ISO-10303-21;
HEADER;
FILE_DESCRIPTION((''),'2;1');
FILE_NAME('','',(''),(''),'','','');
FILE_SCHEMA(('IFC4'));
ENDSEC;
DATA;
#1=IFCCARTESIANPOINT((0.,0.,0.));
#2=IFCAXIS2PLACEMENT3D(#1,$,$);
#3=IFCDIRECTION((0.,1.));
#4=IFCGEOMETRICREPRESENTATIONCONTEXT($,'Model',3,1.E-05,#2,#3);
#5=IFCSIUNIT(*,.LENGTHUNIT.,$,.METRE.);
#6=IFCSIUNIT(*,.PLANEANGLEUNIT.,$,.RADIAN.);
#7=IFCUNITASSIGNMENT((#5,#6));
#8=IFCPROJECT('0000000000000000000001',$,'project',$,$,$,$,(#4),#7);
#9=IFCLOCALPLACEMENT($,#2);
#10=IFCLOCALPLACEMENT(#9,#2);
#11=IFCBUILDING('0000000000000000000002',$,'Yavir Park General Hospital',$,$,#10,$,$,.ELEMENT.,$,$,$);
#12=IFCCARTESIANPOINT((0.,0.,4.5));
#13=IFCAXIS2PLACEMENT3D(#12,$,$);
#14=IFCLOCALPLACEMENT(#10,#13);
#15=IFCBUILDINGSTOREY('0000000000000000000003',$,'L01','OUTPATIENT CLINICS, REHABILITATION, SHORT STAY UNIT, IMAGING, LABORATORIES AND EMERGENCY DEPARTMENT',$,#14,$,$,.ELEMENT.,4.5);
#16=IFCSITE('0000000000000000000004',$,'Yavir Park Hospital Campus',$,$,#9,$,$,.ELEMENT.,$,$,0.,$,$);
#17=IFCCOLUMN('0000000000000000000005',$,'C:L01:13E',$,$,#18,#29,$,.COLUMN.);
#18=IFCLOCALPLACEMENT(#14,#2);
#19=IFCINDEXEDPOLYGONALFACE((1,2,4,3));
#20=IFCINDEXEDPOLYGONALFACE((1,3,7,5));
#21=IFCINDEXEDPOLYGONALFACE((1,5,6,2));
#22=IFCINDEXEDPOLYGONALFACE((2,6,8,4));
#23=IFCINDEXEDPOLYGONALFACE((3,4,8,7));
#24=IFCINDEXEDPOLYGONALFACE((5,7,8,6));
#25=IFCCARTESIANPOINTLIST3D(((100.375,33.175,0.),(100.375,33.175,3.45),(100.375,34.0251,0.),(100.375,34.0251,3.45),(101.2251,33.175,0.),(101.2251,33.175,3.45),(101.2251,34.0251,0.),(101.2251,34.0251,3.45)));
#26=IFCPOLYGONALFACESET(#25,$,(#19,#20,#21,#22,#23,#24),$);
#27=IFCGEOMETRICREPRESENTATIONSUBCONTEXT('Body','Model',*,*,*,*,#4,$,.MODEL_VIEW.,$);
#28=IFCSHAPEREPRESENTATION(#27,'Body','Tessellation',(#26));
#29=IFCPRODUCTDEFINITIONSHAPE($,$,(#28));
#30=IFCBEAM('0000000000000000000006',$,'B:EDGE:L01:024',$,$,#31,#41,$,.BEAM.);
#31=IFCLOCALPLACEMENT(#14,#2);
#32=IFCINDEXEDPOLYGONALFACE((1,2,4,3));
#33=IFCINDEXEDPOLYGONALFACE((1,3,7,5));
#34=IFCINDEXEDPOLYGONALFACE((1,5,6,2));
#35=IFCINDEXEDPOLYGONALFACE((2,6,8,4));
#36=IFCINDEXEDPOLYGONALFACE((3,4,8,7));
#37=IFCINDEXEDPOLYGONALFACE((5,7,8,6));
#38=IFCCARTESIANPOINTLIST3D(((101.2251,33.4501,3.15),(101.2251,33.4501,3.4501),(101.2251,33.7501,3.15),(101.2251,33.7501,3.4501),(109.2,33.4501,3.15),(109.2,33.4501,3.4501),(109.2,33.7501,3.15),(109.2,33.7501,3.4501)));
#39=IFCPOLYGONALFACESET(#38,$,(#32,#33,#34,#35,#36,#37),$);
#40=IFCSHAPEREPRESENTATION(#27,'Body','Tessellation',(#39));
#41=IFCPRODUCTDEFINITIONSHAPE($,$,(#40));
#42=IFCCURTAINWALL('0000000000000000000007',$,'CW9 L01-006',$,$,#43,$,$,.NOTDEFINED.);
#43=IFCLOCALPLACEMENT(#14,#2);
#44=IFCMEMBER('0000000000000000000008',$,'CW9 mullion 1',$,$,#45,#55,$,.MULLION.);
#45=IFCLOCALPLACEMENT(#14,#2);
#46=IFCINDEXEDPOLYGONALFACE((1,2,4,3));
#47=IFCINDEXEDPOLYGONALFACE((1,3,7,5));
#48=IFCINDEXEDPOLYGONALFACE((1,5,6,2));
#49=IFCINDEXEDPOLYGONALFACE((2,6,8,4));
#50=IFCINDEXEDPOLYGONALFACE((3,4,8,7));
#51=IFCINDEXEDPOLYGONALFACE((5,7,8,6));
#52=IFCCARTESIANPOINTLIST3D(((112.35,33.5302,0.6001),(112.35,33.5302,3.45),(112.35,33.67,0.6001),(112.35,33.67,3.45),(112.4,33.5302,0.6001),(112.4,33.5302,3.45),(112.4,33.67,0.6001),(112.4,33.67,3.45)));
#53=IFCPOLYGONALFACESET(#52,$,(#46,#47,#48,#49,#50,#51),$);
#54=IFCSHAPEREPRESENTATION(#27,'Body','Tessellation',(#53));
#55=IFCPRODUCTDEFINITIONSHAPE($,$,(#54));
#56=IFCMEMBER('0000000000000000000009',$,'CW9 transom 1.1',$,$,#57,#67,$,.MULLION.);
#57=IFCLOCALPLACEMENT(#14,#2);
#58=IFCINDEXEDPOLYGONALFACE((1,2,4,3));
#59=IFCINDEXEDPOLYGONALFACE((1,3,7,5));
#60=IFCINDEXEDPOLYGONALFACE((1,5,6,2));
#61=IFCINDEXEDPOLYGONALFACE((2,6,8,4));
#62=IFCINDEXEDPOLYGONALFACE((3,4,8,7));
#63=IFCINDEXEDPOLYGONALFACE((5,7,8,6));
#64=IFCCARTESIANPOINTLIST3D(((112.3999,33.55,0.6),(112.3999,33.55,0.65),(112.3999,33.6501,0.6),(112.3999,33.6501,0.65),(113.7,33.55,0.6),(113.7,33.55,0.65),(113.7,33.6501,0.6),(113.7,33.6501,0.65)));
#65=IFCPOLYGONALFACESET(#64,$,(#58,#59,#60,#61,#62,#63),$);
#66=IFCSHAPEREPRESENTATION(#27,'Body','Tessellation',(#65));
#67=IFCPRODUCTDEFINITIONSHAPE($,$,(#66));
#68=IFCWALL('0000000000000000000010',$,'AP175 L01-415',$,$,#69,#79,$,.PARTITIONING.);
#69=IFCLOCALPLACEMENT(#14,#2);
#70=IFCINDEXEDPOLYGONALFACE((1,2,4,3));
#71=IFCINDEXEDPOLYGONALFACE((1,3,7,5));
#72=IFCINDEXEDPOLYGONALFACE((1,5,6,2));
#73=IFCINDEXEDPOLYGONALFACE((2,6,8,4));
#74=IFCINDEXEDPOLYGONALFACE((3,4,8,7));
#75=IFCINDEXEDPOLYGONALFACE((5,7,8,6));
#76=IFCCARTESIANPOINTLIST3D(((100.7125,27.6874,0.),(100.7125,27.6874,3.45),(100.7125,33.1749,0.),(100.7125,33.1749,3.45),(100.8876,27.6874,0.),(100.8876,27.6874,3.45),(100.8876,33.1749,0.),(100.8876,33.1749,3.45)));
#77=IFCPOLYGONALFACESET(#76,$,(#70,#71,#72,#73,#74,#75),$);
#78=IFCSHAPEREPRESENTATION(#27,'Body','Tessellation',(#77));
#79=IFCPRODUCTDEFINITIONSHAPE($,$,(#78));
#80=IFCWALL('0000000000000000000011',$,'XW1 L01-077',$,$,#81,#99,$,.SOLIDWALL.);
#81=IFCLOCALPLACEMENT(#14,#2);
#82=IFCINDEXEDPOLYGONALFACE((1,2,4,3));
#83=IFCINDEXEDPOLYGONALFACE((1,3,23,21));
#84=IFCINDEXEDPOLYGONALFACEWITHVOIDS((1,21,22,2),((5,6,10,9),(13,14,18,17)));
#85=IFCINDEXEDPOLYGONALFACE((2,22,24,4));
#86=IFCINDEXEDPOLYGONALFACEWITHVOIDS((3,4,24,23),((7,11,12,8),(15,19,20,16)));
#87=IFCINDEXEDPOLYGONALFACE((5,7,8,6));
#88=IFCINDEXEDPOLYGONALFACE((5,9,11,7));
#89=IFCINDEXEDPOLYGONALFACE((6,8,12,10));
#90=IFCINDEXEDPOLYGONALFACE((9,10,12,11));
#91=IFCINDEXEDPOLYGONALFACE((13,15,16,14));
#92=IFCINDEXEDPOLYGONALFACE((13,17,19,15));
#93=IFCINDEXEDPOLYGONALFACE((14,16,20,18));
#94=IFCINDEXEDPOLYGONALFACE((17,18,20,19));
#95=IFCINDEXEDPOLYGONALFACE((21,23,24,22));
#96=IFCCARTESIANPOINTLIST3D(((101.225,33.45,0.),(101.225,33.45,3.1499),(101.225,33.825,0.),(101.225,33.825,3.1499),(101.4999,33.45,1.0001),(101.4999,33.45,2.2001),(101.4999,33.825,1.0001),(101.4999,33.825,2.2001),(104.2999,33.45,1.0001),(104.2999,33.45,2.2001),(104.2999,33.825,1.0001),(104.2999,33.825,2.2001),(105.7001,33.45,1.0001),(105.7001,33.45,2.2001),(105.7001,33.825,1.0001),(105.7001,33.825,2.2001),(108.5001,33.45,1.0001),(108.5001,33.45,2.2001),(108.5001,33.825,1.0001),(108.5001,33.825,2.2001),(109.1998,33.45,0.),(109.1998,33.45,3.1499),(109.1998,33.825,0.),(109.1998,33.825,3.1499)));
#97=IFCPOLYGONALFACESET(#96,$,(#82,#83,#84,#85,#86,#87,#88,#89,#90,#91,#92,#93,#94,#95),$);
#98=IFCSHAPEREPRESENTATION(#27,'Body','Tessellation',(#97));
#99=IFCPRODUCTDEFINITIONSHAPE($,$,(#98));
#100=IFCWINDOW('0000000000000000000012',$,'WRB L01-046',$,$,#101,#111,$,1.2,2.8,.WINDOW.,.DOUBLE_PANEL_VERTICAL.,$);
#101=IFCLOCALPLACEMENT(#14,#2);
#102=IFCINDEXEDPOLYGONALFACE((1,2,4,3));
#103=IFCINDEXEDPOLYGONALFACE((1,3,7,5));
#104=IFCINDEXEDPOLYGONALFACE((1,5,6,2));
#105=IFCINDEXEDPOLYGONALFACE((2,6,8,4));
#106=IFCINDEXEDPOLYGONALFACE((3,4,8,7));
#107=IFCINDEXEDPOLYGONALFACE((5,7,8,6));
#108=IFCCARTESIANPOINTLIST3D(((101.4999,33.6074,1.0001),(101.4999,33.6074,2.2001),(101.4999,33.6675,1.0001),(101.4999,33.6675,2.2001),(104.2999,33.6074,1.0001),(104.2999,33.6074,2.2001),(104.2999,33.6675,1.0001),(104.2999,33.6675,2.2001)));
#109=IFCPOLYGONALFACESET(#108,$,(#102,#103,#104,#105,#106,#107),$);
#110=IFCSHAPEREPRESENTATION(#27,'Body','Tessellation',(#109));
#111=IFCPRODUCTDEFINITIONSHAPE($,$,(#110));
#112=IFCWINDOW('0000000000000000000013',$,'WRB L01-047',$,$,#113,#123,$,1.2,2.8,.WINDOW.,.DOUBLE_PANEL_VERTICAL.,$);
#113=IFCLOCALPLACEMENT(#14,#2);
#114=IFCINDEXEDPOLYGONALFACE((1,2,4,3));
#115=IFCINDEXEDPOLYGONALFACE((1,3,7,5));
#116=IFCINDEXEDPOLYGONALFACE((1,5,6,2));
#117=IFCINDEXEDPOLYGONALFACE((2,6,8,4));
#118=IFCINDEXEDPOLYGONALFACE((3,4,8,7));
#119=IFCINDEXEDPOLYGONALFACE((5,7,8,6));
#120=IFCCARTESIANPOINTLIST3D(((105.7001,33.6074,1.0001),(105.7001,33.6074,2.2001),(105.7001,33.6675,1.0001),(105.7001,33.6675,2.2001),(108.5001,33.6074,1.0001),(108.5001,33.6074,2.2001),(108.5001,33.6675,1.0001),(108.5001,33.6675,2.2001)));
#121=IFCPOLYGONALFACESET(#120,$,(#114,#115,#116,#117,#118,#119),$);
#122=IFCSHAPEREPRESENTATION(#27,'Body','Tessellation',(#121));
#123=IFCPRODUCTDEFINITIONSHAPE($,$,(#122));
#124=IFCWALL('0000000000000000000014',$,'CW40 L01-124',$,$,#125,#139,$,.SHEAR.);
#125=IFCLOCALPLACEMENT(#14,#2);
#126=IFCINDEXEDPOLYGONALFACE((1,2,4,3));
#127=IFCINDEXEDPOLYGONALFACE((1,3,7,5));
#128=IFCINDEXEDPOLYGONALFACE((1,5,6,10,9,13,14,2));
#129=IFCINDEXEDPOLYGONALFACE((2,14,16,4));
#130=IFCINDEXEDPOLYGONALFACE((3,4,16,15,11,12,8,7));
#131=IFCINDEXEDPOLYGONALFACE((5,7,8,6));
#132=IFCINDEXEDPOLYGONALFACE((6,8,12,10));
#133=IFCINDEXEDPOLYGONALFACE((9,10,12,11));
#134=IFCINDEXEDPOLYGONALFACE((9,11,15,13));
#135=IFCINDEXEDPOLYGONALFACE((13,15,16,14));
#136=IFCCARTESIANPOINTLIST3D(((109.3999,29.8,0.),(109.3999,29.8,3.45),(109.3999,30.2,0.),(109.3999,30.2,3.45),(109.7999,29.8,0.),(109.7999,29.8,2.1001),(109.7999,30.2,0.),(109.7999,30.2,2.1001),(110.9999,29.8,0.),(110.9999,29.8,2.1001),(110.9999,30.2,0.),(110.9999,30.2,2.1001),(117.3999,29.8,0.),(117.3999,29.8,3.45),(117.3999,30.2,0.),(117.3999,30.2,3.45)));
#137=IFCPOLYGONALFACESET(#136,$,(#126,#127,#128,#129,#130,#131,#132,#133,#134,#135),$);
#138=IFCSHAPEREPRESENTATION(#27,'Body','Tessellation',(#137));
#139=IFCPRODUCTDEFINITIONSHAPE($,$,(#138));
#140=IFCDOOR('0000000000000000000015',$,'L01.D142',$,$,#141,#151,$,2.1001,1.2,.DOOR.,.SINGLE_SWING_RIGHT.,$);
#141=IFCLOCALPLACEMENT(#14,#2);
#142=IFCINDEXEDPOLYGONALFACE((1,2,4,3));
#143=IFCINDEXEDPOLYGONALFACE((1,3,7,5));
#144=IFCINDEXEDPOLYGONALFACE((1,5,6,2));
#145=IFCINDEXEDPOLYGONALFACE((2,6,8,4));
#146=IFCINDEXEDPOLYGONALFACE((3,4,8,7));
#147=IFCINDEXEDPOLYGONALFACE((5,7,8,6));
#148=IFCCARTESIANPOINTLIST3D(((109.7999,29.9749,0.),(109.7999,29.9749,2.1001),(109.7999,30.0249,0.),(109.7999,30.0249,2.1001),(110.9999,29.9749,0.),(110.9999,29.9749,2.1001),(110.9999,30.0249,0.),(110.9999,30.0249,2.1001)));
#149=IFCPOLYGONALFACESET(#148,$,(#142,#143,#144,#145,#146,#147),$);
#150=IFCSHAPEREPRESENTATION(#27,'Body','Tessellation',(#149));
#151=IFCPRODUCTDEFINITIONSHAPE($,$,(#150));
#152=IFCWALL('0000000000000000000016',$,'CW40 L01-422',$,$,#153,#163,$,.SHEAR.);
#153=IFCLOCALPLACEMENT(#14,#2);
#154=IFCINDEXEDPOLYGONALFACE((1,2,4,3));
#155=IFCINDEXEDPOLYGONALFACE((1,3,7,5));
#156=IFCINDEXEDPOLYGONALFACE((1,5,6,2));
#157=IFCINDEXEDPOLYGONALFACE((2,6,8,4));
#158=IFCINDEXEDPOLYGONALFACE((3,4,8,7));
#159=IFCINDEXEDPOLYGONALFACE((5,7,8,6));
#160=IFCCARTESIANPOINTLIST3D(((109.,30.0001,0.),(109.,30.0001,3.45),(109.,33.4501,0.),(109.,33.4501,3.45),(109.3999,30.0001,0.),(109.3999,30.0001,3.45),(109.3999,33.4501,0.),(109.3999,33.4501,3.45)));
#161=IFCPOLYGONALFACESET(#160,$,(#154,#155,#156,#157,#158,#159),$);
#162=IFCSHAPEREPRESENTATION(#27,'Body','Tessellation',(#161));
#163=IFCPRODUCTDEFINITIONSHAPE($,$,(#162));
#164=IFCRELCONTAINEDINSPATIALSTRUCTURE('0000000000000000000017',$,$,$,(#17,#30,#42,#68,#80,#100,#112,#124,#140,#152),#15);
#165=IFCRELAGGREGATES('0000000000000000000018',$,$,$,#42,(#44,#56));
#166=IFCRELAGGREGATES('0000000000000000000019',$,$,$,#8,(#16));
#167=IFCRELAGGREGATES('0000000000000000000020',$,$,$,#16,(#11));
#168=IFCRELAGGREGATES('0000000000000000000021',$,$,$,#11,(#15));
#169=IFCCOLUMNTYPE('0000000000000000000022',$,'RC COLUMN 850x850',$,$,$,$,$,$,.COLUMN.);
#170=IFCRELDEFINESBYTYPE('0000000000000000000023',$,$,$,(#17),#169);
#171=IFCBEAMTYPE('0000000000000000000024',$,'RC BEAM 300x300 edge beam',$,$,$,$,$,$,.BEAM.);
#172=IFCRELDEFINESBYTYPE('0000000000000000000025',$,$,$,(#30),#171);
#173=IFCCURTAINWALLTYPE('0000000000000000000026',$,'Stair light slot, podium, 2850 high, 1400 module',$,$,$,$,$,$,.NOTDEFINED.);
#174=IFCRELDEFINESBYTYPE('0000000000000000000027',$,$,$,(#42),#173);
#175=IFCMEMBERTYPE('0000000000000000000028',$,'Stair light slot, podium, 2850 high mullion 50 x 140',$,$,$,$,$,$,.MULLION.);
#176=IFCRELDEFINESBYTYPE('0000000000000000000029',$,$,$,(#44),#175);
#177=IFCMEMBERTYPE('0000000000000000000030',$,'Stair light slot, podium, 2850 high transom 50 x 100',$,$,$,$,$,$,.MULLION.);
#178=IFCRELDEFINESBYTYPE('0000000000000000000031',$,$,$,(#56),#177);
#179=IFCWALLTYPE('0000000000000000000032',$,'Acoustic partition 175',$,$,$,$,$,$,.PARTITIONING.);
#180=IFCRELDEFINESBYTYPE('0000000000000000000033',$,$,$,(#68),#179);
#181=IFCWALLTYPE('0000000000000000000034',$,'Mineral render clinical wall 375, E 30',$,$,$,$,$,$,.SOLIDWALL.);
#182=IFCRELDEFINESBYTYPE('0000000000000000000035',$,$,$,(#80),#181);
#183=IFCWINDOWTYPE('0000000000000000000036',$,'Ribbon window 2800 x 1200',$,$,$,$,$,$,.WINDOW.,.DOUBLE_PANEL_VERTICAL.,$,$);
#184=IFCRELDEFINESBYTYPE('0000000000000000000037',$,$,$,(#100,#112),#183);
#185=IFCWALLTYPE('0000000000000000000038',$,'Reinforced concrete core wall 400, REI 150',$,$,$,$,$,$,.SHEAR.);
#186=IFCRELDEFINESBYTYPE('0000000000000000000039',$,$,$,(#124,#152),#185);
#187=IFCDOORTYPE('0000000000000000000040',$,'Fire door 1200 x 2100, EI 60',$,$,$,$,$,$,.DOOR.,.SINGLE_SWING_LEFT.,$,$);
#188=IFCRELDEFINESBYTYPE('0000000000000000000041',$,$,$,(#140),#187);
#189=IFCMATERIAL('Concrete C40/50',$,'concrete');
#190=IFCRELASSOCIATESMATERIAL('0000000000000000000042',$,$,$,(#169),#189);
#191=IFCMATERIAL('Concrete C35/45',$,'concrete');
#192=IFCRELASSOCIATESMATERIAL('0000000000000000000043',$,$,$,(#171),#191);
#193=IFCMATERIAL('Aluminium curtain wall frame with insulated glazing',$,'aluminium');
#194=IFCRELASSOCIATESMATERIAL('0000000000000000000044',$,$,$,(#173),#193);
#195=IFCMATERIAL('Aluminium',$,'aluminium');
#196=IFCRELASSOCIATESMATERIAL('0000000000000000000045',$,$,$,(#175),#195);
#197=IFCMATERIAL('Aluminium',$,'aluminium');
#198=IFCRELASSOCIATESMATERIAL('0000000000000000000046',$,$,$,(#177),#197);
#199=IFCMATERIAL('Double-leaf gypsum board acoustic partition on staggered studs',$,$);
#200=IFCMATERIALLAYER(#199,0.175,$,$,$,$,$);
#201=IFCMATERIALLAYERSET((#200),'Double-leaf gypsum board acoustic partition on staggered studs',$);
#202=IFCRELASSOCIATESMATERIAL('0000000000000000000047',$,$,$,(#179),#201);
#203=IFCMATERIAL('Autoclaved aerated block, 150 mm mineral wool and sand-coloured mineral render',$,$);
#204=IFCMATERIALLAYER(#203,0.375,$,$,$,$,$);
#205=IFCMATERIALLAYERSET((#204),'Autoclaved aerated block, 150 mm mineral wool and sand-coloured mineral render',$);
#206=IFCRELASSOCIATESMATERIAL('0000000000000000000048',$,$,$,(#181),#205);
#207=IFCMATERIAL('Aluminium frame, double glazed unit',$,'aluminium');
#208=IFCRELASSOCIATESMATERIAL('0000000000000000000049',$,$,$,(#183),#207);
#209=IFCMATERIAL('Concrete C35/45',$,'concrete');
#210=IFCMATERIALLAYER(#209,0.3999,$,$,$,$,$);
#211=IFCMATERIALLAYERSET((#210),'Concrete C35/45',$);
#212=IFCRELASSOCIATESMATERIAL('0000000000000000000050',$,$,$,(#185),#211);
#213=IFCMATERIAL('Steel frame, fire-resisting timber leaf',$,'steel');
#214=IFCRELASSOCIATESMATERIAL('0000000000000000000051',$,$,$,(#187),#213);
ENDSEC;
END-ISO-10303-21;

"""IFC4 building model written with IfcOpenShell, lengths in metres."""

from ifc_helpers import new_model, si_unit, direction, frame, frame_2d, origin, origin_2d, place, context, subcontext, project, spatial, rectangle, extrude, material, layer, layer_set, material_profile, profile_set, type_object, element, fill, aggregate, save


model = new_model("IFC4")

# Units and contexts
model_context = context("Model", 3, precision=1e-05, world=origin(), true_north=direction((0.0, 1.0)))
body_context = subcontext(model_context, "Body", "Model", "MODEL_VIEW")
ifc_project = project(units=[si_unit("LENGTHUNIT", "METRE"), si_unit("PLANEANGLEUNIT", "RADIAN")], contexts=[model_context])

# Site, building, storey
site_placement = place(None, origin())
site = spatial("IfcSite", under=ifc_project, at=site_placement, Name="Yavir Park Hospital Campus", CompositionType="ELEMENT", RefElevation=0.0)
building_placement = place(site_placement, origin())
building = spatial("IfcBuilding", under=site, at=building_placement, Name="Yavir Park General Hospital", CompositionType="ELEMENT")
storey_placement = place(building_placement, frame((0.0, 0.0, 4.5)))
storey = spatial("IfcBuildingStorey", under=building, at=storey_placement, Name="L01", Description="OUTPATIENT CLINICS, REHABILITATION, SHORT STAY UNIT, IMAGING, LABORATORIES AND EMERGENCY DEPARTMENT", CompositionType="ELEMENT", Elevation=4.5)

# Column
ifc_material_1 = material(Name="Concrete C40/50", Category="concrete")
ifc_material_profile_1 = material_profile(ifc_material_1, rectangle(XDim=0.8501, YDim=0.8501, at=origin_2d()), Name="RC850x850")
ifc_profile_set_1 = profile_set([ifc_material_profile_1], Name="Concrete C40/50")
column_type = type_object("IfcColumnType", Name="RC COLUMN 850x850", PredefinedType="COLUMN", material=ifc_profile_set_1)
column_placement = place(storey_placement, frame((100.8, 33.6001, 0.0), z_axis=(0.0, 0.0, 1.0), x_axis=(1.0, 0.0, 0.0)))
element("IfcColumn", 1, at=column_placement, inside=storey, type_object=column_type, Name="C:L01:13E", PredefinedType="COLUMN", context=body_context, shape_type="SweptSolid", body=[
    extrude(rectangle(XDim=0.8501, YDim=0.8501, at=origin_2d()), origin(), (0.0, 0.0, 1.0), 3.45),
])

# Beam
ifc_material_2 = material(Name="Concrete C35/45", Category="concrete")
ifc_material_profile_2 = material_profile(ifc_material_2, rectangle(XDim=0.3, YDim=0.3, at=origin_2d()), Name="RC300x300")
ifc_profile_set_2 = profile_set([ifc_material_profile_2], Name="Concrete C35/45")
beam_type = type_object("IfcBeamType", Name="RC BEAM 300x300 edge beam", PredefinedType="BEAM", material=ifc_profile_set_2)
beam_placement = place(storey_placement, frame((101.2251, 33.6001, 3.3), z_axis=(1.0, 0.0, 0.0), x_axis=(0.0, 1.0, 0.0)))
element("IfcBeam", 2, at=beam_placement, inside=storey, type_object=beam_type, Name="B:EDGE:L01:024", PredefinedType="BEAM", context=body_context, shape_type="SweptSolid", body=[
    extrude(rectangle(XDim=0.3, YDim=0.3, at=origin_2d()), origin(), (0.0, 0.0, 1.0), 7.9749),
])

# Curtain wall, members
ifc_material_3 = material(Name="Aluminium curtain wall frame with insulated glazing", Category="aluminium")
curtain_wall_type = type_object("IfcCurtainWallType", Name="Stair light slot, podium, 2850 high, 1400 module", PredefinedType="NOTDEFINED", material=ifc_material_3)
curtain_wall_placement = place(storey_placement, origin())
curtain_wall = element("IfcCurtainWall", 3, at=curtain_wall_placement, inside=storey, type_object=curtain_wall_type, Name="CW9 L01-006", PredefinedType="NOTDEFINED")
ifc_material_4 = material(Name="Aluminium", Category="aluminium")
ifc_material_profile_3 = material_profile(ifc_material_4, rectangle(XDim=0.1399, YDim=0.05, at=origin_2d()), Name="AL 50x140")
ifc_profile_set_3 = profile_set([ifc_material_profile_3], Name="Aluminium")
member_type_1 = type_object("IfcMemberType", Name="Stair light slot, podium, 2850 high mullion 50 x 140", PredefinedType="MULLION", material=ifc_profile_set_3)
member_1_placement = place(storey_placement, frame((112.375, 33.6001, 0.6001), z_axis=(0.0, 0.0, 1.0), x_axis=(0.0, 1.0, 0.0)))
member_1 = element("IfcMember", 4, at=member_1_placement, type_object=member_type_1, Name="CW9 mullion 1", PredefinedType="MULLION", context=body_context, shape_type="SweptSolid", body=[
    extrude(rectangle(XDim=0.1399, YDim=0.05, at=origin_2d()), origin(), (0.0, 0.0, 1.0), 2.8499),
])
ifc_material_5 = material(Name="Aluminium", Category="aluminium")
ifc_material_profile_4 = material_profile(ifc_material_5, rectangle(XDim=0.1001, YDim=0.05, at=origin_2d()), Name="AL 100x50")
ifc_profile_set_4 = profile_set([ifc_material_profile_4], Name="Aluminium")
member_type_2 = type_object("IfcMemberType", Name="Stair light slot, podium, 2850 high transom 50 x 100", PredefinedType="MULLION", material=ifc_profile_set_4)
member_2_placement = place(storey_placement, frame((112.3999, 33.6001, 0.625), z_axis=(1.0, 0.0, 0.0), x_axis=(0.0, 1.0, 0.0)))
member_2 = element("IfcMember", 5, at=member_2_placement, type_object=member_type_2, Name="CW9 transom 1.1", PredefinedType="MULLION", context=body_context, shape_type="SweptSolid", body=[
    extrude(rectangle(XDim=0.1001, YDim=0.05, at=origin_2d()), origin(), (0.0, 0.0, 1.0), 1.3),
])
aggregate(curtain_wall, [member_1, member_2])

# Wall
ifc_material_6 = material(Name="Double-leaf gypsum board acoustic partition on staggered studs")
ifc_layer_1 = layer(ifc_material_6, 0.175)
ifc_layer_set_1 = layer_set([ifc_layer_1], Name="Double-leaf gypsum board acoustic partition on staggered studs")
wall_type_1 = type_object("IfcWallType", Name="Acoustic partition 175", PredefinedType="PARTITIONING", material=ifc_layer_set_1)
wall_1_placement = place(storey_placement, frame((100.8, 27.6875, 0.0), z_axis=(0.0, 0.0, 1.0), x_axis=(0.0, 1.0, 0.0)))
element("IfcWall", 6, at=wall_1_placement, inside=storey, type_object=wall_type_1, Name="AP175 L01-415", PredefinedType="PARTITIONING", context=body_context, shape_type="SweptSolid", body=[
    extrude(rectangle(XDim=5.4875, YDim=0.175, at=frame_2d((2.7437, 0.0))), origin(), (0.0, 0.0, 1.0), 3.45),
])

# Wall, openings, windows
ifc_material_7 = material(Name="Autoclaved aerated block, 150 mm mineral wool and sand-coloured mineral render")
ifc_layer_2 = layer(ifc_material_7, 0.375)
ifc_layer_set_2 = layer_set([ifc_layer_2], Name="Autoclaved aerated block, 150 mm mineral wool and sand-coloured mineral render")
wall_type_2 = type_object("IfcWallType", Name="Mineral render clinical wall 375, E 30", PredefinedType="SOLIDWALL", material=ifc_layer_set_2)
wall_2_placement = place(storey_placement, frame((101.2251, 33.6375, 0.0), z_axis=(0.0, 0.0, 1.0), x_axis=(1.0, 0.0, 0.0)))
wall_2 = element("IfcWall", 7, at=wall_2_placement, inside=storey, type_object=wall_type_2, Name="XW1 L01-077", PredefinedType="SOLIDWALL", context=body_context, shape_type="SweptSolid", body=[
    extrude(rectangle(XDim=7.9749, YDim=0.375, at=frame_2d((3.9873, 0.0))), origin(), (0.0, 0.0, 1.0), 3.1499),
])
opening_1_placement = place(wall_2_placement, frame((0.2749, 0.0, 1.0)))
opening_1 = element("IfcOpeningElement", 8, at=opening_1_placement, cuts=wall_2, PredefinedType="OPENING", context=body_context, shape_type="SweptSolid", body=[
    extrude(rectangle(XDim=2.8, YDim=1.2, at=frame_2d((1.3999, 0.6001))), frame((0.0, 0.1975, 0.0), z_axis=(0.0, -1.0, 0.0), x_axis=(1.0, 0.0, 0.0)), (0.0, 0.0, 1.0), 0.395),
])
opening_2_placement = place(wall_2_placement, frame((4.4751, 0.0, 1.0)))
opening_2 = element("IfcOpeningElement", 9, at=opening_2_placement, cuts=wall_2, PredefinedType="OPENING", context=body_context, shape_type="SweptSolid", body=[
    extrude(rectangle(XDim=2.8, YDim=1.2, at=frame_2d((1.3999, 0.6001))), frame((0.0, 0.1975, 0.0), z_axis=(0.0, -1.0, 0.0), x_axis=(1.0, 0.0, 0.0)), (0.0, 0.0, 1.0), 0.395),
])
ifc_material_8 = material(Name="Aluminium frame, double glazed unit", Category="aluminium")
window_type = type_object("IfcWindowType", Name="Ribbon window 2800 x 1200", PartitioningType="DOUBLE_PANEL_VERTICAL", PredefinedType="WINDOW", material=ifc_material_8)
window_1_placement = place(opening_1_placement, origin())
window_1 = element("IfcWindow", 10, at=window_1_placement, inside=storey, type_object=window_type, Name="WRB L01-046", OverallHeight=1.2, OverallWidth=2.8, PartitioningType="DOUBLE_PANEL_VERTICAL", PredefinedType="WINDOW", context=body_context, shape_type="SweptSolid", body=[
    extrude(rectangle(XDim=2.8, YDim=1.2, at=frame_2d((1.3999, 0.6001))), frame((0.0, 0.03, 0.0), z_axis=(0.0, -1.0, 0.0), x_axis=(1.0, 0.0, 0.0)), (0.0, 0.0, 1.0), 0.0601),
])
fill(opening_1, window_1)
window_2_placement = place(opening_2_placement, origin())
window_2 = element("IfcWindow", 11, at=window_2_placement, inside=storey, type_object=window_type, Name="WRB L01-047", OverallHeight=1.2, OverallWidth=2.8, PartitioningType="DOUBLE_PANEL_VERTICAL", PredefinedType="WINDOW", context=body_context, shape_type="SweptSolid", body=[
    extrude(rectangle(XDim=2.8, YDim=1.2, at=frame_2d((1.3999, 0.6001))), frame((0.0, 0.03, 0.0), z_axis=(0.0, -1.0, 0.0), x_axis=(1.0, 0.0, 0.0)), (0.0, 0.0, 1.0), 0.0601),
])
fill(opening_2, window_2)

# Wall, opening, door
ifc_material_9 = material(Name="Concrete C35/45", Category="concrete")
ifc_layer_3 = layer(ifc_material_9, 0.3999)
ifc_layer_set_3 = layer_set([ifc_layer_3], Name="Concrete C35/45")
wall_type_3 = type_object("IfcWallType", Name="Reinforced concrete core wall 400, REI 150", PredefinedType="SHEAR", material=ifc_layer_set_3)
wall_3_placement = place(storey_placement, frame((109.3999, 30.0, 0.0), z_axis=(0.0, 0.0, 1.0), x_axis=(1.0, 0.0, 0.0)))
wall_3 = element("IfcWall", 12, at=wall_3_placement, inside=storey, type_object=wall_type_3, Name="CW40 L01-124", PredefinedType="SHEAR", context=body_context, shape_type="SweptSolid", body=[
    extrude(rectangle(XDim=8.0, YDim=0.3999, at=frame_2d((4.0, 0.0))), origin(), (0.0, 0.0, 1.0), 3.45),
])
opening_3_placement = place(wall_3_placement, frame((0.3999, 0.0, 0.0)))
opening_3 = element("IfcOpeningElement", 13, at=opening_3_placement, cuts=wall_3, PredefinedType="OPENING", context=body_context, shape_type="SweptSolid", body=[
    extrude(rectangle(XDim=1.2, YDim=2.1001, at=frame_2d((0.6001, 1.05))), frame((0.0, 0.21, 0.0), z_axis=(0.0, -1.0, 0.0), x_axis=(1.0, 0.0, 0.0)), (0.0, 0.0, 1.0), 0.4199),
])
ifc_material_10 = material(Name="Steel frame, fire-resisting timber leaf", Category="steel")
door_type = type_object("IfcDoorType", Name="Fire door 1200 x 2100, EI 60", OperationType="SINGLE_SWING_LEFT", PredefinedType="DOOR", material=ifc_material_10)
door_placement = place(opening_3_placement, origin())
door = element("IfcDoor", 14, at=door_placement, inside=storey, type_object=door_type, Name="L01.D142", OperationType="SINGLE_SWING_RIGHT", OverallHeight=2.1001, OverallWidth=1.2, PredefinedType="DOOR", context=body_context, shape_type="SweptSolid", body=[
    extrude(rectangle(XDim=1.2, YDim=2.1001, at=frame_2d((0.6001, 1.05))), frame((0.0, 0.0249, 0.0), z_axis=(0.0, -1.0, 0.0), x_axis=(1.0, 0.0, 0.0)), (0.0, 0.0, 1.0), 0.05),
])
fill(opening_3, door)

# Wall
wall_4_placement = place(storey_placement, frame((109.2, 30.0, 0.0), z_axis=(0.0, 0.0, 1.0), x_axis=(0.0, 1.0, 0.0)))
element("IfcWall", 15, at=wall_4_placement, inside=storey, type_object=wall_type_3, Name="CW40 L01-422", PredefinedType="SHEAR", context=body_context, shape_type="SweptSolid", body=[
    extrude(rectangle(XDim=3.45, YDim=0.3999, at=frame_2d((1.7251, 0.0))), origin(), (0.0, 0.0, 1.0), 3.45),
])

save(model, "model.ifc")
